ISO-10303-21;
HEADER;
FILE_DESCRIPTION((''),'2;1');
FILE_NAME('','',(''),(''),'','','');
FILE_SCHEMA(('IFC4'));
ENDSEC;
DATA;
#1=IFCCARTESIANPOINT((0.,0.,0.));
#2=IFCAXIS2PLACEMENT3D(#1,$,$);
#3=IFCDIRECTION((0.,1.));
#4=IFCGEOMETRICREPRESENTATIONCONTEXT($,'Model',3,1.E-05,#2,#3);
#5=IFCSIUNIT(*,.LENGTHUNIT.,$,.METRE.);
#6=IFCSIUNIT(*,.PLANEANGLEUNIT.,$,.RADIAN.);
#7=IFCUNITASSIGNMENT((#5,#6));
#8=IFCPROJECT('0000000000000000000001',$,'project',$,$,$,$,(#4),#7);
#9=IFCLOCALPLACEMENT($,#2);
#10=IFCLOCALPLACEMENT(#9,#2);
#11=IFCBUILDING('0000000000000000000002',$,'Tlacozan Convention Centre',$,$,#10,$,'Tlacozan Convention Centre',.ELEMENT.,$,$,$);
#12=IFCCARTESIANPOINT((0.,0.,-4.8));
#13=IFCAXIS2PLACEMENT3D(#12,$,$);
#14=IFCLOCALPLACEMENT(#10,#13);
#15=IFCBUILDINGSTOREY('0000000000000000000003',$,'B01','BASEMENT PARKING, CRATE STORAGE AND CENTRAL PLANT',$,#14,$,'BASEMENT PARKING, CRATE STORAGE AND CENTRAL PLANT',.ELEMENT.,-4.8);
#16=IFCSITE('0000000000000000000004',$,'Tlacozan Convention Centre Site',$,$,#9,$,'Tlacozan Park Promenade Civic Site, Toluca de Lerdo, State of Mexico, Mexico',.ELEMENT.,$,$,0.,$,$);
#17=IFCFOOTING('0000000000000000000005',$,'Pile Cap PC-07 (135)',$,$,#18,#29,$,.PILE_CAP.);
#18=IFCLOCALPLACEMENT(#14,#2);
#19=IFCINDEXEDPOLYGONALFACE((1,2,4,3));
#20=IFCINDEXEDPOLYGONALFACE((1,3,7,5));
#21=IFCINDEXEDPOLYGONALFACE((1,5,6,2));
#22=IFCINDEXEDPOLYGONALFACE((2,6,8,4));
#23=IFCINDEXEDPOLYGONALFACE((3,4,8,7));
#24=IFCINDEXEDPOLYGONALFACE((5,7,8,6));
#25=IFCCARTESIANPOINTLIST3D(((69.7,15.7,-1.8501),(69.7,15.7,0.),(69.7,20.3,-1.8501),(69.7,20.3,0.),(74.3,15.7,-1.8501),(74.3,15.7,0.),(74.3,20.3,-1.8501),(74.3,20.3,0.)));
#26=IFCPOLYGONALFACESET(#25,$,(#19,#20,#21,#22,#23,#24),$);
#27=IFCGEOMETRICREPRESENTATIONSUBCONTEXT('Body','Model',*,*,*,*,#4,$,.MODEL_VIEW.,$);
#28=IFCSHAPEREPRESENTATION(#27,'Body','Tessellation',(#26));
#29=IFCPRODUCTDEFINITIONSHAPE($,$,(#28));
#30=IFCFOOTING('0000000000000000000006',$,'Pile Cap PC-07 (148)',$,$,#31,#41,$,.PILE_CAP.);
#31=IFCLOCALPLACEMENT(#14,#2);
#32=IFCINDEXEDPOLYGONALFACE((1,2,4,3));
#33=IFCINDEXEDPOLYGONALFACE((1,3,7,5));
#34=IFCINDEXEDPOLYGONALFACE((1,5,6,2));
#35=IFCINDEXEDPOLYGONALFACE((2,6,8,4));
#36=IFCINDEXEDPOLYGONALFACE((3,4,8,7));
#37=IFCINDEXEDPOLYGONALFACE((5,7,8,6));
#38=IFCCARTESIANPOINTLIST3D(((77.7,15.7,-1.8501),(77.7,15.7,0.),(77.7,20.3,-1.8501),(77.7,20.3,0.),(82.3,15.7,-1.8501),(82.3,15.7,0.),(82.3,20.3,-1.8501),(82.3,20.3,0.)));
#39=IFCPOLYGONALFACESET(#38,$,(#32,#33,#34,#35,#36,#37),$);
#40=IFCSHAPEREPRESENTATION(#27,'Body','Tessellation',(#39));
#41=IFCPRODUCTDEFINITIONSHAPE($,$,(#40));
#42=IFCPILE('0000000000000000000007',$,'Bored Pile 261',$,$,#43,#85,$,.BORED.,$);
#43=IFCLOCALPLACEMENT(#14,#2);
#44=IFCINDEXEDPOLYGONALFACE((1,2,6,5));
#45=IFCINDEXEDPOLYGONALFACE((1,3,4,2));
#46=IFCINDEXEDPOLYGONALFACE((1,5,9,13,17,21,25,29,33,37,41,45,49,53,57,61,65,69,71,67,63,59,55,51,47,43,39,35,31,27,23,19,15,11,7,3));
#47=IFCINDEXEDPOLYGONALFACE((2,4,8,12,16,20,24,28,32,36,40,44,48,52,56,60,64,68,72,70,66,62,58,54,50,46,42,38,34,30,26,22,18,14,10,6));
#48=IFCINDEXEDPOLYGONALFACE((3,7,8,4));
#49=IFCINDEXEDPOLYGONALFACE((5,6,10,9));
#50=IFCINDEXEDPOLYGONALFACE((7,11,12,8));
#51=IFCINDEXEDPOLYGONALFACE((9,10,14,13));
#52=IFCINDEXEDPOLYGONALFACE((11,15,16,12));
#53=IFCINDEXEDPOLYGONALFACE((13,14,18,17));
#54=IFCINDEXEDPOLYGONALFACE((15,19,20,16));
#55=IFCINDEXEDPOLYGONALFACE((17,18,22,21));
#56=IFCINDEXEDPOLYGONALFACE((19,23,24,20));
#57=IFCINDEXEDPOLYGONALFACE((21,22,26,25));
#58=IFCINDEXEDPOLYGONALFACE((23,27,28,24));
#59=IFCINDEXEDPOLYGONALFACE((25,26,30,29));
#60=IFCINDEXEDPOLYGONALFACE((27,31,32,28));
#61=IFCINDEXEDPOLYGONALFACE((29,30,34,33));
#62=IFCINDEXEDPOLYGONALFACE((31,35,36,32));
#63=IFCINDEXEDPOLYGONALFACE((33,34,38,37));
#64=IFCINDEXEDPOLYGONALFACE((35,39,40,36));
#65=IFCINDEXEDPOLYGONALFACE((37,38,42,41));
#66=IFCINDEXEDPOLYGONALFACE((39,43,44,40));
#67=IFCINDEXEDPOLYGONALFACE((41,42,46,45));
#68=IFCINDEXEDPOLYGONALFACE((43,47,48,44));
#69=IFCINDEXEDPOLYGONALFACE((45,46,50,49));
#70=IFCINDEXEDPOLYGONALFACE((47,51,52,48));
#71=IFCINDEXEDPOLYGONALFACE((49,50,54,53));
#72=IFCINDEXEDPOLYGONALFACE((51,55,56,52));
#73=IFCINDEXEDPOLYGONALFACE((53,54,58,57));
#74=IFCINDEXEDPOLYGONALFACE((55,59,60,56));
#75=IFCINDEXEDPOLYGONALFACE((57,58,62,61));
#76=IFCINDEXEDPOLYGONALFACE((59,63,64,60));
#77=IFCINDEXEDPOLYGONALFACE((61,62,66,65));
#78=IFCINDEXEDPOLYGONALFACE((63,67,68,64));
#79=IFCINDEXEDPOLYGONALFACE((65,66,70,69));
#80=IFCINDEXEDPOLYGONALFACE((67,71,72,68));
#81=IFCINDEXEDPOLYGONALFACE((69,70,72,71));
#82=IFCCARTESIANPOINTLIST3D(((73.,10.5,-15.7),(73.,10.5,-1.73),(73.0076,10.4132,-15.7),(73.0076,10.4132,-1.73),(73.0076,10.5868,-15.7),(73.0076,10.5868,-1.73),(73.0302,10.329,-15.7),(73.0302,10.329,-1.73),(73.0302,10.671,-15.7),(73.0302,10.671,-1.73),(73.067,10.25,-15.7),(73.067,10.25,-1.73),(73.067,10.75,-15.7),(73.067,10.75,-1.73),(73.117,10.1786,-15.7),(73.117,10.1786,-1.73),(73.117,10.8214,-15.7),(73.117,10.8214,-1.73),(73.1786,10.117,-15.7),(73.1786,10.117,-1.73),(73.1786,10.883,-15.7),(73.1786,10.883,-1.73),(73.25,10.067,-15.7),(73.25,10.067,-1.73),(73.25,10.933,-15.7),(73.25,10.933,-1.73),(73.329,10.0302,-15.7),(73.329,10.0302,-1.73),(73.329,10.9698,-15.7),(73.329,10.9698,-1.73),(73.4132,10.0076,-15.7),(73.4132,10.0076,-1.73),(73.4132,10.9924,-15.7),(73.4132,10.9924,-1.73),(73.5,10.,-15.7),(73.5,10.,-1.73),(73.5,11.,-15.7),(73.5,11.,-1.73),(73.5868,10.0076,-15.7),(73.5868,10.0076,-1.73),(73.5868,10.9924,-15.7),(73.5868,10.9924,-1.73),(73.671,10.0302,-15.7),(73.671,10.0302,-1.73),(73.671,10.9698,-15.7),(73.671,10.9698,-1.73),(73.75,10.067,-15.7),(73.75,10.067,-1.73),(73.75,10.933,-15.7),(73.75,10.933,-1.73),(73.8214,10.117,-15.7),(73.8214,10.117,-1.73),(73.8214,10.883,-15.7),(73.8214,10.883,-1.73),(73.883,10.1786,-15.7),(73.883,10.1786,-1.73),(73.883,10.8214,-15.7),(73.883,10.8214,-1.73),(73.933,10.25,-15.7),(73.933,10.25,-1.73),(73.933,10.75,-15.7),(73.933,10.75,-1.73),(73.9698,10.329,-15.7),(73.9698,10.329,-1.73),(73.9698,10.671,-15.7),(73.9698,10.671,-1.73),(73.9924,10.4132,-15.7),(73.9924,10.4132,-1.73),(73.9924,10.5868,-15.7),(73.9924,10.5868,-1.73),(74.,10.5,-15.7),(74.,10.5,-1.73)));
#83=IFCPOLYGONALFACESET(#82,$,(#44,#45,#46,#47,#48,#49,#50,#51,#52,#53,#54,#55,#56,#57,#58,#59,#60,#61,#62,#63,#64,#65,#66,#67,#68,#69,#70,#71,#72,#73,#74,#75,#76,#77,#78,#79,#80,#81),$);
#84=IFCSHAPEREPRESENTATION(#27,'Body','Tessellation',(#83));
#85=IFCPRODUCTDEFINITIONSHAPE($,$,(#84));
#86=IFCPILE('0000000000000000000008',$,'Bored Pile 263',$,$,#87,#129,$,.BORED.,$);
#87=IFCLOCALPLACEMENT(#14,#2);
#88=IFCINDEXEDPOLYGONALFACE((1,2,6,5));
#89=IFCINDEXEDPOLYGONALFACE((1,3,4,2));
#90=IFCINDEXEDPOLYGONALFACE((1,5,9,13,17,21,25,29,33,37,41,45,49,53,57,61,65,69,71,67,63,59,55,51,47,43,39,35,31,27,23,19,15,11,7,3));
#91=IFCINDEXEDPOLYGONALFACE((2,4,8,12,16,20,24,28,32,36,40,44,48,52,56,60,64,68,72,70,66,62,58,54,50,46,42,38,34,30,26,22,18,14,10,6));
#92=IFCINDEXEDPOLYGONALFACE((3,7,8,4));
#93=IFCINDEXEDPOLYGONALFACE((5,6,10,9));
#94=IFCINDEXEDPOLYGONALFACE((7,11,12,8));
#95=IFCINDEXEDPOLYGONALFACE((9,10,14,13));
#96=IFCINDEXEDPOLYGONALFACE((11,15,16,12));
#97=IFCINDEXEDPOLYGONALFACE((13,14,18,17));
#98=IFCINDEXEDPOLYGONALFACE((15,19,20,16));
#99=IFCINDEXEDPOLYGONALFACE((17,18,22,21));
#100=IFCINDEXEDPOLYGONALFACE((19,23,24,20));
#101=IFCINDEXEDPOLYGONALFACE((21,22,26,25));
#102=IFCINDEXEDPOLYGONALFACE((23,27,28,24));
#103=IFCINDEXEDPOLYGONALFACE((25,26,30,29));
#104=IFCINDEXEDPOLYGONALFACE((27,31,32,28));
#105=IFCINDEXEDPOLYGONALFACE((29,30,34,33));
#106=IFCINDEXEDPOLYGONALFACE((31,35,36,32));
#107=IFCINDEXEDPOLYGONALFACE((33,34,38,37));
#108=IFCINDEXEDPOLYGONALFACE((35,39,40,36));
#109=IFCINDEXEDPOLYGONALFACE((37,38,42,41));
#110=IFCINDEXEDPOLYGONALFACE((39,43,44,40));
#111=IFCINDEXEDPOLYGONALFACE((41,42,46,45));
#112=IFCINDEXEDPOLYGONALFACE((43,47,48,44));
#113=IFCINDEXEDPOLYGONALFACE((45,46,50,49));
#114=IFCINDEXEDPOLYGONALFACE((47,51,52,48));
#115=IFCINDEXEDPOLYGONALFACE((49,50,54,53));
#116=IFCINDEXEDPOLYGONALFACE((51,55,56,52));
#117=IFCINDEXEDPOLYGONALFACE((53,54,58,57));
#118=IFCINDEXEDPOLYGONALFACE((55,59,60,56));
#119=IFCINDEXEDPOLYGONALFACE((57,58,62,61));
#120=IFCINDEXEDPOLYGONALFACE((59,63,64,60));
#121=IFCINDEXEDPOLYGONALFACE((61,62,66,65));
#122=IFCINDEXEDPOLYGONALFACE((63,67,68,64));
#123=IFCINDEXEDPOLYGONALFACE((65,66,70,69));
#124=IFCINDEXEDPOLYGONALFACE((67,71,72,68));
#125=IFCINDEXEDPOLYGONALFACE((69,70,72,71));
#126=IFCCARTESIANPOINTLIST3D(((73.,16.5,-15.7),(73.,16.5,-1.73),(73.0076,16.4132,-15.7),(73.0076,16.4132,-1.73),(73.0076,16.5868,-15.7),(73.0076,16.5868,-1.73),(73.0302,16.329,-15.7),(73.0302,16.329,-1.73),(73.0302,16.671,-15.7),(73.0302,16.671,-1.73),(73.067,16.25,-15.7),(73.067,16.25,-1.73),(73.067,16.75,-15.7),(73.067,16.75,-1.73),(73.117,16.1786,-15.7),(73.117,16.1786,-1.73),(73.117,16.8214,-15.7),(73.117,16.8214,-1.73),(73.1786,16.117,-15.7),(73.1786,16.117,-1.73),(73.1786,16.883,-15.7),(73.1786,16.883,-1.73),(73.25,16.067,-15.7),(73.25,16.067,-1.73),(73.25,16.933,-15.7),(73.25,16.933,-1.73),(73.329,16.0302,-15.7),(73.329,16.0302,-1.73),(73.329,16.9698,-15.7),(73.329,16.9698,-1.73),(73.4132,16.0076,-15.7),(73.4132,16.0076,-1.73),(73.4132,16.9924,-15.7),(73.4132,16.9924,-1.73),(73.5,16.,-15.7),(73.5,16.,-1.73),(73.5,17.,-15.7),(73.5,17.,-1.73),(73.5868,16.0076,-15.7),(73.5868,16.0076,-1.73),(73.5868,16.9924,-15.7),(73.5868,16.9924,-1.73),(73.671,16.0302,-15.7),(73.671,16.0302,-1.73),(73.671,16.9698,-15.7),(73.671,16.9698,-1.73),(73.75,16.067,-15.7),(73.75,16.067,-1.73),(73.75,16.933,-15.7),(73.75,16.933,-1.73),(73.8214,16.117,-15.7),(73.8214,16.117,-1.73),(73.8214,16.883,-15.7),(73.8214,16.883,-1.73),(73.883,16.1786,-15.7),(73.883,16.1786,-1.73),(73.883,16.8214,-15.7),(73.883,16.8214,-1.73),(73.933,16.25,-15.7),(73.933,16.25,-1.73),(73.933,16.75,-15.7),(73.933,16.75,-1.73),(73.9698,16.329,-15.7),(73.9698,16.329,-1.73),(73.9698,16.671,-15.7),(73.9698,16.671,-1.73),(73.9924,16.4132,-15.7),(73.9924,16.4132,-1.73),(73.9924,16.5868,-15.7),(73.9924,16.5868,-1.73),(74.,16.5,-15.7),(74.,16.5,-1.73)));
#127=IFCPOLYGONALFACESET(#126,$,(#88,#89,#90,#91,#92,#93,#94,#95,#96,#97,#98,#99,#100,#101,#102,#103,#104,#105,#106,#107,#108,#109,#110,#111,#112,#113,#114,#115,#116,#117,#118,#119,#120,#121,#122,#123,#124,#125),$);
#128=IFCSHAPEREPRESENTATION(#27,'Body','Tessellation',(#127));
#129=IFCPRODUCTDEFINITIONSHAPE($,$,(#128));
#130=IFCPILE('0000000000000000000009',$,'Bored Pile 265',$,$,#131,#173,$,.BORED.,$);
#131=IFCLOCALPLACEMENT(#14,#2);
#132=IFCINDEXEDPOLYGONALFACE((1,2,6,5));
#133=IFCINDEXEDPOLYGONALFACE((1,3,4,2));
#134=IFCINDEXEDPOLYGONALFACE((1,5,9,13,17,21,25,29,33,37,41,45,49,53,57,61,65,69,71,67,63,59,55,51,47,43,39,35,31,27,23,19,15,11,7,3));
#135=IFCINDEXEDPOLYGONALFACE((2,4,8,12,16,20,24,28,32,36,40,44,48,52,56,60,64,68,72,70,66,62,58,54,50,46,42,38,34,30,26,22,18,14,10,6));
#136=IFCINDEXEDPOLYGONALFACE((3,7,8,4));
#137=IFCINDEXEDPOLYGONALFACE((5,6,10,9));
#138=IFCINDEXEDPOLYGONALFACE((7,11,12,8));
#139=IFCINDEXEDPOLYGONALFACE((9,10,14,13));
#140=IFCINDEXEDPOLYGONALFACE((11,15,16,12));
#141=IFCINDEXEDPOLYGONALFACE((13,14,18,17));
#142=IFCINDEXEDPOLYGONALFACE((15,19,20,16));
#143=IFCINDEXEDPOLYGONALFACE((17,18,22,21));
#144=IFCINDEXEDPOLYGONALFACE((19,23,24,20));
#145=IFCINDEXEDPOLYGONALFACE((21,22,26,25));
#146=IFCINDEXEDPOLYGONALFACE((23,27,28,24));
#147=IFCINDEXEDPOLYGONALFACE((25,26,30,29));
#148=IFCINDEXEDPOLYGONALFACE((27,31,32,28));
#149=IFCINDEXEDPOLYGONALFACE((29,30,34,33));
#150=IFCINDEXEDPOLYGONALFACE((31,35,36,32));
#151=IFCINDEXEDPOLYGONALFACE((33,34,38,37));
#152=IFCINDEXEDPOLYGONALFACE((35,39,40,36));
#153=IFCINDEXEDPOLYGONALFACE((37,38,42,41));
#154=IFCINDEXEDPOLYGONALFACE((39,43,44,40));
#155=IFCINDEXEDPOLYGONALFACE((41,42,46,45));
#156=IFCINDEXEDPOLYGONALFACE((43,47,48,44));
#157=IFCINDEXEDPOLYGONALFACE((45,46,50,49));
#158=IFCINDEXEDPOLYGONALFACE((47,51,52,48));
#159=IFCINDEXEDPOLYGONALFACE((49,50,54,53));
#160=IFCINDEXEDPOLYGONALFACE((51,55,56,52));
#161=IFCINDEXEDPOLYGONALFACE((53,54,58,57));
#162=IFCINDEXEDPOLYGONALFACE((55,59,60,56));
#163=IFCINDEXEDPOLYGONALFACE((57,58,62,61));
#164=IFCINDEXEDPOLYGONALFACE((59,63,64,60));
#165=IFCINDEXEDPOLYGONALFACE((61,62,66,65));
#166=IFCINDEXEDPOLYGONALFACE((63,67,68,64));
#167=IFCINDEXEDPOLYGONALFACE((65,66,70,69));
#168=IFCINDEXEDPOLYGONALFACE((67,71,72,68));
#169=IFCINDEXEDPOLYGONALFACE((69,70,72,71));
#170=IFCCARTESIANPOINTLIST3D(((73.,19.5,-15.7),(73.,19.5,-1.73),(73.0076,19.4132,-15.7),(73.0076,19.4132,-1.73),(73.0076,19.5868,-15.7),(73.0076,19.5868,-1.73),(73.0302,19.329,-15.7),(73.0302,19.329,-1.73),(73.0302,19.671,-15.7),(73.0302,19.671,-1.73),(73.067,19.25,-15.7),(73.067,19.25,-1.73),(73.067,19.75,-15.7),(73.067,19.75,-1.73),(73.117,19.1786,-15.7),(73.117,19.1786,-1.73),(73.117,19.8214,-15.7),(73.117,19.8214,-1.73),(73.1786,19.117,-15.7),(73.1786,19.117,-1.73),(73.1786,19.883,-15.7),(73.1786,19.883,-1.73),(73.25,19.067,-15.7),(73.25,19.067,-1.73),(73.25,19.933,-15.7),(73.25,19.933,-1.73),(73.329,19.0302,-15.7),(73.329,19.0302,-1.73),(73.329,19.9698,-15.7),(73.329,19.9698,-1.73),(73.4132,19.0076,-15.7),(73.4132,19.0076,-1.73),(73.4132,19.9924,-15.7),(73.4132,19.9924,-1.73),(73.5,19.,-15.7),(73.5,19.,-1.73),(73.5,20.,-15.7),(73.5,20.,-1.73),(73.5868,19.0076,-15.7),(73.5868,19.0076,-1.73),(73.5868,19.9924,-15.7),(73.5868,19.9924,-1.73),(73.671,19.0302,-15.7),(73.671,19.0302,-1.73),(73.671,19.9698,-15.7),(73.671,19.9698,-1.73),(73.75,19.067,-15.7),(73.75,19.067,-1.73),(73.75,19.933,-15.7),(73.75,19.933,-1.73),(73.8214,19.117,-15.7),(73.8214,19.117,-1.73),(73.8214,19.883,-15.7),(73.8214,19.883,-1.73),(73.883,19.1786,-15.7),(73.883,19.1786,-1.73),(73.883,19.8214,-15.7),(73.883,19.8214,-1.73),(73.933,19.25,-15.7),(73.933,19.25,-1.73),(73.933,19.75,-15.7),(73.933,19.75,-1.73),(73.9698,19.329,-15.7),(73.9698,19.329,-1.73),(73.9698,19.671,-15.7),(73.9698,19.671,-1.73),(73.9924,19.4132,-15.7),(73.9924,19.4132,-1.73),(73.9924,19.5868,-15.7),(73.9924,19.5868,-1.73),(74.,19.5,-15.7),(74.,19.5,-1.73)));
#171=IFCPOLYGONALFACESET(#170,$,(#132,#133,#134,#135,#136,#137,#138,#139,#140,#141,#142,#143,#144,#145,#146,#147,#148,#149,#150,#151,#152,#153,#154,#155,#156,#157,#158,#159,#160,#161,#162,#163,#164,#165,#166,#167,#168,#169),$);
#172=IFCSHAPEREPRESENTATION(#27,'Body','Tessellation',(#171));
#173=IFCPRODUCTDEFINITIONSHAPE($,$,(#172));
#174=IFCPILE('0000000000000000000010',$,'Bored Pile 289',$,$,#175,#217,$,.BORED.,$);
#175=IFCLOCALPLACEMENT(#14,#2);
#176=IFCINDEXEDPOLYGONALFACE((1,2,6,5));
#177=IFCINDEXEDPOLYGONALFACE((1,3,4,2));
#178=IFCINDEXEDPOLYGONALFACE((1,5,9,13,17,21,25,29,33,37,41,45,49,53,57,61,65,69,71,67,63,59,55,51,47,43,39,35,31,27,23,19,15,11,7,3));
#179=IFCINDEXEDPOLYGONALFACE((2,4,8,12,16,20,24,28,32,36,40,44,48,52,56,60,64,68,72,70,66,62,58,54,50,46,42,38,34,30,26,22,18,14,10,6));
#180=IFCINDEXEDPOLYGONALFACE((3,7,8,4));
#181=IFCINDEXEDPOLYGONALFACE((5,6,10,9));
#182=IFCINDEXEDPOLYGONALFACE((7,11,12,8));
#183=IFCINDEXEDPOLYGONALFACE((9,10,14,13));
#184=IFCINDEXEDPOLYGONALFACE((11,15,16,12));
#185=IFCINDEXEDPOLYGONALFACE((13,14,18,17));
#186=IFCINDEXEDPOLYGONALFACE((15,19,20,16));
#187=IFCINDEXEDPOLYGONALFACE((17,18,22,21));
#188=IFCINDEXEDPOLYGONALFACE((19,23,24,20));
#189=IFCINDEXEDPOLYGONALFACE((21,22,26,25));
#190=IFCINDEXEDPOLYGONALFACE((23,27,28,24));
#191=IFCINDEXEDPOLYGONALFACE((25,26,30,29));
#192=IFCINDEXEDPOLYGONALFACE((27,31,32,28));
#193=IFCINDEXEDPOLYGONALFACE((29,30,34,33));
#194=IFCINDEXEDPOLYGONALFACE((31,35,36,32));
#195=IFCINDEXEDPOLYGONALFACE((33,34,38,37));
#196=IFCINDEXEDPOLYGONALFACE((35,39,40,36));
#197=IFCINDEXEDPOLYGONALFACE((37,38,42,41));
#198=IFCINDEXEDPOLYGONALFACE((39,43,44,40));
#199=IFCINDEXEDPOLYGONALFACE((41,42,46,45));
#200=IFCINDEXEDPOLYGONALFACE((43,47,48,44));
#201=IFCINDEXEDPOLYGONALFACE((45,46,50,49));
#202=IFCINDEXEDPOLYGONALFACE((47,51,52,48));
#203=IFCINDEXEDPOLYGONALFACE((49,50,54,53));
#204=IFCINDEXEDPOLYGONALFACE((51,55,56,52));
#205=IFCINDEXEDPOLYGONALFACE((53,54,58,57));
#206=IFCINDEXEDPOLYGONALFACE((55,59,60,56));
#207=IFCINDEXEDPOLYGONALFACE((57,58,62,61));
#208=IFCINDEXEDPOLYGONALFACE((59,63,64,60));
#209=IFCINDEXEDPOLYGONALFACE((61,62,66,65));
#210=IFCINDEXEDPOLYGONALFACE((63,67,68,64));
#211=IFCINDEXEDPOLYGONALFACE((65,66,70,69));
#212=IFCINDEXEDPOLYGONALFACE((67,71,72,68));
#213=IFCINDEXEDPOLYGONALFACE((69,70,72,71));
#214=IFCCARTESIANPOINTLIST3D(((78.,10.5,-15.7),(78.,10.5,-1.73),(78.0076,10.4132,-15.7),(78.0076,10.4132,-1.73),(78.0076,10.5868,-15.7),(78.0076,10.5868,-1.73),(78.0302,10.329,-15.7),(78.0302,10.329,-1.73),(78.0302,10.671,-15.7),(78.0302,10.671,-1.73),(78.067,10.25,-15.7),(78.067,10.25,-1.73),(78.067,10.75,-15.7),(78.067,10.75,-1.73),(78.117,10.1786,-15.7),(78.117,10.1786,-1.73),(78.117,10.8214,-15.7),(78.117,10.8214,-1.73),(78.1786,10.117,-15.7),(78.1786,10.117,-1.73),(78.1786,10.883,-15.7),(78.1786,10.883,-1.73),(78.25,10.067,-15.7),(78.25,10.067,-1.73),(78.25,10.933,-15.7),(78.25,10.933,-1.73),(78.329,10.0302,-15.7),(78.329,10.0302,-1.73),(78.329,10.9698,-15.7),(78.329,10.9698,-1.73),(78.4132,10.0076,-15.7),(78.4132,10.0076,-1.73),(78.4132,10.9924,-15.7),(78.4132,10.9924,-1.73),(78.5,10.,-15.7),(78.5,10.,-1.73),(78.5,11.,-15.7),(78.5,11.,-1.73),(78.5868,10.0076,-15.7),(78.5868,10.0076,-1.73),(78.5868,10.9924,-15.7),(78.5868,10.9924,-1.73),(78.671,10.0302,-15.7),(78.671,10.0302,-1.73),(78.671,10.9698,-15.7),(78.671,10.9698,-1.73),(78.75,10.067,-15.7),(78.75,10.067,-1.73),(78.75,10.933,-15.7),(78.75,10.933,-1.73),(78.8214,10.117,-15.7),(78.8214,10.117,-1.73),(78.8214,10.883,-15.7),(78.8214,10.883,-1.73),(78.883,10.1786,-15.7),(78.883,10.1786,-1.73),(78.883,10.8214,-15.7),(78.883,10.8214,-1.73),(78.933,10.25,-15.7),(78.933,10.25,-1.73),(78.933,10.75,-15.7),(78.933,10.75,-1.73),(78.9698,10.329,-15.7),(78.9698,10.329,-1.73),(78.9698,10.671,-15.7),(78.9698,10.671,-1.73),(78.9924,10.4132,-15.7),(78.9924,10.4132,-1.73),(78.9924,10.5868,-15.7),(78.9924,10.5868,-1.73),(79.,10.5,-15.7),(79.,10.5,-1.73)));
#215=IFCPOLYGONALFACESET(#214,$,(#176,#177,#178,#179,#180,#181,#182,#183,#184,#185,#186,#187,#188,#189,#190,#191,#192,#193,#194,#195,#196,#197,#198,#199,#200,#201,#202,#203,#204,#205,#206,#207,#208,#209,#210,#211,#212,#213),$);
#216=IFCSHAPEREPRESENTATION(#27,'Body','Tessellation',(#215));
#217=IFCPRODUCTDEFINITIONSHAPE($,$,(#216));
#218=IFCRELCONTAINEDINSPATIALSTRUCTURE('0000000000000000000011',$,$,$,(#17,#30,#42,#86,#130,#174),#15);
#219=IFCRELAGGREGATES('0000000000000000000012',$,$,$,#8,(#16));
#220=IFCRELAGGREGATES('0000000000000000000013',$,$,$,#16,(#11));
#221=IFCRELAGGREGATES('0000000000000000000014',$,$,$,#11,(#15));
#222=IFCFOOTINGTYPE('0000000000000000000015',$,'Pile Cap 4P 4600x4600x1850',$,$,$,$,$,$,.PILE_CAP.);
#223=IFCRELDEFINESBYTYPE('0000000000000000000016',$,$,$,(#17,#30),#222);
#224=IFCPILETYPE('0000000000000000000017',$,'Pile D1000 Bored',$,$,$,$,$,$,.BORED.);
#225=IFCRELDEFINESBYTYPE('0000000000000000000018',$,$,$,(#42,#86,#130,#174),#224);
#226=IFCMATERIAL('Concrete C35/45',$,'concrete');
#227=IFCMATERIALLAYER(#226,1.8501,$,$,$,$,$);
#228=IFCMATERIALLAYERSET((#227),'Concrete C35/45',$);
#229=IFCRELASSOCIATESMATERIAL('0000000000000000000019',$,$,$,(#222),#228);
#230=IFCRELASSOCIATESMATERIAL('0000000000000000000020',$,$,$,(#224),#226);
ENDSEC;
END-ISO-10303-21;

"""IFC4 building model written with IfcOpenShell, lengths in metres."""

from ifc_helpers import new_model, si_unit, direction, frame, origin, origin_2d, place, context, subcontext, project, spatial, rectangle, circle, extrude, material, layer, layer_set, material_profile, profile_set, type_object, element, save


model = new_model("IFC4")

# Units and contexts
model_context = context("Model", 3, precision=1e-05, world=origin(), true_north=direction((0.0, 1.0)))
body_context = subcontext(model_context, "Body", "Model", "MODEL_VIEW")
ifc_project = project(units=[si_unit("LENGTHUNIT", "METRE"), si_unit("PLANEANGLEUNIT", "RADIAN")], contexts=[model_context])

# Site, building, storey
site_placement = place(None, origin())
site = spatial("IfcSite", under=ifc_project, at=site_placement, Name="Tlacozan Convention Centre Site", LongName="Tlacozan Park Promenade Civic Site, Toluca de Lerdo, State of Mexico, Mexico", CompositionType="ELEMENT", RefElevation=0.0)
building_placement = place(site_placement, origin())
building = spatial("IfcBuilding", under=site, at=building_placement, Name="Tlacozan Convention Centre", LongName="Tlacozan Convention Centre", CompositionType="ELEMENT")
storey_placement = place(building_placement, frame((0.0, 0.0, -4.8)))
storey = spatial("IfcBuildingStorey", under=building, at=storey_placement, Name="B01", Description="BASEMENT PARKING, CRATE STORAGE AND CENTRAL PLANT", LongName="BASEMENT PARKING, CRATE STORAGE AND CENTRAL PLANT", CompositionType="ELEMENT", Elevation=-4.8)

# Footings
ifc_material_1 = material(Name="Concrete C35/45", Category="concrete")
ifc_layer_1 = layer(ifc_material_1, 1.8501)
ifc_layer_set_1 = layer_set([ifc_layer_1], Name="Concrete C35/45")
footing_type = type_object("IfcFootingType", Name="Pile Cap 4P 4600x4600x1850", PredefinedType="PILE_CAP", material=ifc_layer_set_1)
for number, where, z_axis, x_axis, name in (
    (1, (72.0, 18.0, -1.8501), (0.0, 0.0, 1.0), (1.0, 0.0, 0.0), "Pile Cap PC-07 (135)"),
    (2, (80.0, 18.0, -1.8501), (0.0, 0.0, 1.0), (1.0, 0.0, 0.0), "Pile Cap PC-07 (148)"),
):
    element("IfcFooting", number, at=place(storey_placement, frame(where, z_axis=z_axis, x_axis=x_axis)), inside=storey, type_object=footing_type, Name=name, PredefinedType="PILE_CAP", context=body_context, shape_type="SweptSolid", body=[
        extrude(rectangle(XDim=4.6001, YDim=4.6001, at=origin_2d()), origin(), (0.0, 0.0, 1.0), 1.8501),
    ])

# Piles
ifc_material_profile_1 = material_profile(ifc_material_1, circle(Radius=0.5, at=origin_2d()), Name="PILE D1000")
ifc_profile_set_1 = profile_set([ifc_material_profile_1], Name="Concrete C35/45")
pile_type = type_object("IfcPileType", Name="Pile D1000 Bored", PredefinedType="BORED", material=ifc_profile_set_1)
for number, where, z_axis, x_axis, name in (
    (3, (73.5, 10.5, -1.73), (0.0, 0.0, -1.0), (1.0, 0.0, 0.0), "Bored Pile 261"),
    (4, (73.5, 16.5, -1.73), (0.0, 0.0, -1.0), (1.0, 0.0, 0.0), "Bored Pile 263"),
    (5, (73.5, 19.5, -1.73), (0.0, 0.0, -1.0), (1.0, 0.0, 0.0), "Bored Pile 265"),
    (6, (78.5, 10.5, -1.73), (0.0, 0.0, -1.0), (1.0, 0.0, 0.0), "Bored Pile 289"),
):
    element("IfcPile", number, at=place(storey_placement, frame(where, z_axis=z_axis, x_axis=x_axis)), inside=storey, type_object=pile_type, Name=name, PredefinedType="BORED", context=body_context, shape_type="SweptSolid", body=[
        extrude(circle(Radius=0.5, at=origin_2d()), origin(), (0.0, 0.0, 1.0), 13.97),
    ])

save(model, "model.ifc")
